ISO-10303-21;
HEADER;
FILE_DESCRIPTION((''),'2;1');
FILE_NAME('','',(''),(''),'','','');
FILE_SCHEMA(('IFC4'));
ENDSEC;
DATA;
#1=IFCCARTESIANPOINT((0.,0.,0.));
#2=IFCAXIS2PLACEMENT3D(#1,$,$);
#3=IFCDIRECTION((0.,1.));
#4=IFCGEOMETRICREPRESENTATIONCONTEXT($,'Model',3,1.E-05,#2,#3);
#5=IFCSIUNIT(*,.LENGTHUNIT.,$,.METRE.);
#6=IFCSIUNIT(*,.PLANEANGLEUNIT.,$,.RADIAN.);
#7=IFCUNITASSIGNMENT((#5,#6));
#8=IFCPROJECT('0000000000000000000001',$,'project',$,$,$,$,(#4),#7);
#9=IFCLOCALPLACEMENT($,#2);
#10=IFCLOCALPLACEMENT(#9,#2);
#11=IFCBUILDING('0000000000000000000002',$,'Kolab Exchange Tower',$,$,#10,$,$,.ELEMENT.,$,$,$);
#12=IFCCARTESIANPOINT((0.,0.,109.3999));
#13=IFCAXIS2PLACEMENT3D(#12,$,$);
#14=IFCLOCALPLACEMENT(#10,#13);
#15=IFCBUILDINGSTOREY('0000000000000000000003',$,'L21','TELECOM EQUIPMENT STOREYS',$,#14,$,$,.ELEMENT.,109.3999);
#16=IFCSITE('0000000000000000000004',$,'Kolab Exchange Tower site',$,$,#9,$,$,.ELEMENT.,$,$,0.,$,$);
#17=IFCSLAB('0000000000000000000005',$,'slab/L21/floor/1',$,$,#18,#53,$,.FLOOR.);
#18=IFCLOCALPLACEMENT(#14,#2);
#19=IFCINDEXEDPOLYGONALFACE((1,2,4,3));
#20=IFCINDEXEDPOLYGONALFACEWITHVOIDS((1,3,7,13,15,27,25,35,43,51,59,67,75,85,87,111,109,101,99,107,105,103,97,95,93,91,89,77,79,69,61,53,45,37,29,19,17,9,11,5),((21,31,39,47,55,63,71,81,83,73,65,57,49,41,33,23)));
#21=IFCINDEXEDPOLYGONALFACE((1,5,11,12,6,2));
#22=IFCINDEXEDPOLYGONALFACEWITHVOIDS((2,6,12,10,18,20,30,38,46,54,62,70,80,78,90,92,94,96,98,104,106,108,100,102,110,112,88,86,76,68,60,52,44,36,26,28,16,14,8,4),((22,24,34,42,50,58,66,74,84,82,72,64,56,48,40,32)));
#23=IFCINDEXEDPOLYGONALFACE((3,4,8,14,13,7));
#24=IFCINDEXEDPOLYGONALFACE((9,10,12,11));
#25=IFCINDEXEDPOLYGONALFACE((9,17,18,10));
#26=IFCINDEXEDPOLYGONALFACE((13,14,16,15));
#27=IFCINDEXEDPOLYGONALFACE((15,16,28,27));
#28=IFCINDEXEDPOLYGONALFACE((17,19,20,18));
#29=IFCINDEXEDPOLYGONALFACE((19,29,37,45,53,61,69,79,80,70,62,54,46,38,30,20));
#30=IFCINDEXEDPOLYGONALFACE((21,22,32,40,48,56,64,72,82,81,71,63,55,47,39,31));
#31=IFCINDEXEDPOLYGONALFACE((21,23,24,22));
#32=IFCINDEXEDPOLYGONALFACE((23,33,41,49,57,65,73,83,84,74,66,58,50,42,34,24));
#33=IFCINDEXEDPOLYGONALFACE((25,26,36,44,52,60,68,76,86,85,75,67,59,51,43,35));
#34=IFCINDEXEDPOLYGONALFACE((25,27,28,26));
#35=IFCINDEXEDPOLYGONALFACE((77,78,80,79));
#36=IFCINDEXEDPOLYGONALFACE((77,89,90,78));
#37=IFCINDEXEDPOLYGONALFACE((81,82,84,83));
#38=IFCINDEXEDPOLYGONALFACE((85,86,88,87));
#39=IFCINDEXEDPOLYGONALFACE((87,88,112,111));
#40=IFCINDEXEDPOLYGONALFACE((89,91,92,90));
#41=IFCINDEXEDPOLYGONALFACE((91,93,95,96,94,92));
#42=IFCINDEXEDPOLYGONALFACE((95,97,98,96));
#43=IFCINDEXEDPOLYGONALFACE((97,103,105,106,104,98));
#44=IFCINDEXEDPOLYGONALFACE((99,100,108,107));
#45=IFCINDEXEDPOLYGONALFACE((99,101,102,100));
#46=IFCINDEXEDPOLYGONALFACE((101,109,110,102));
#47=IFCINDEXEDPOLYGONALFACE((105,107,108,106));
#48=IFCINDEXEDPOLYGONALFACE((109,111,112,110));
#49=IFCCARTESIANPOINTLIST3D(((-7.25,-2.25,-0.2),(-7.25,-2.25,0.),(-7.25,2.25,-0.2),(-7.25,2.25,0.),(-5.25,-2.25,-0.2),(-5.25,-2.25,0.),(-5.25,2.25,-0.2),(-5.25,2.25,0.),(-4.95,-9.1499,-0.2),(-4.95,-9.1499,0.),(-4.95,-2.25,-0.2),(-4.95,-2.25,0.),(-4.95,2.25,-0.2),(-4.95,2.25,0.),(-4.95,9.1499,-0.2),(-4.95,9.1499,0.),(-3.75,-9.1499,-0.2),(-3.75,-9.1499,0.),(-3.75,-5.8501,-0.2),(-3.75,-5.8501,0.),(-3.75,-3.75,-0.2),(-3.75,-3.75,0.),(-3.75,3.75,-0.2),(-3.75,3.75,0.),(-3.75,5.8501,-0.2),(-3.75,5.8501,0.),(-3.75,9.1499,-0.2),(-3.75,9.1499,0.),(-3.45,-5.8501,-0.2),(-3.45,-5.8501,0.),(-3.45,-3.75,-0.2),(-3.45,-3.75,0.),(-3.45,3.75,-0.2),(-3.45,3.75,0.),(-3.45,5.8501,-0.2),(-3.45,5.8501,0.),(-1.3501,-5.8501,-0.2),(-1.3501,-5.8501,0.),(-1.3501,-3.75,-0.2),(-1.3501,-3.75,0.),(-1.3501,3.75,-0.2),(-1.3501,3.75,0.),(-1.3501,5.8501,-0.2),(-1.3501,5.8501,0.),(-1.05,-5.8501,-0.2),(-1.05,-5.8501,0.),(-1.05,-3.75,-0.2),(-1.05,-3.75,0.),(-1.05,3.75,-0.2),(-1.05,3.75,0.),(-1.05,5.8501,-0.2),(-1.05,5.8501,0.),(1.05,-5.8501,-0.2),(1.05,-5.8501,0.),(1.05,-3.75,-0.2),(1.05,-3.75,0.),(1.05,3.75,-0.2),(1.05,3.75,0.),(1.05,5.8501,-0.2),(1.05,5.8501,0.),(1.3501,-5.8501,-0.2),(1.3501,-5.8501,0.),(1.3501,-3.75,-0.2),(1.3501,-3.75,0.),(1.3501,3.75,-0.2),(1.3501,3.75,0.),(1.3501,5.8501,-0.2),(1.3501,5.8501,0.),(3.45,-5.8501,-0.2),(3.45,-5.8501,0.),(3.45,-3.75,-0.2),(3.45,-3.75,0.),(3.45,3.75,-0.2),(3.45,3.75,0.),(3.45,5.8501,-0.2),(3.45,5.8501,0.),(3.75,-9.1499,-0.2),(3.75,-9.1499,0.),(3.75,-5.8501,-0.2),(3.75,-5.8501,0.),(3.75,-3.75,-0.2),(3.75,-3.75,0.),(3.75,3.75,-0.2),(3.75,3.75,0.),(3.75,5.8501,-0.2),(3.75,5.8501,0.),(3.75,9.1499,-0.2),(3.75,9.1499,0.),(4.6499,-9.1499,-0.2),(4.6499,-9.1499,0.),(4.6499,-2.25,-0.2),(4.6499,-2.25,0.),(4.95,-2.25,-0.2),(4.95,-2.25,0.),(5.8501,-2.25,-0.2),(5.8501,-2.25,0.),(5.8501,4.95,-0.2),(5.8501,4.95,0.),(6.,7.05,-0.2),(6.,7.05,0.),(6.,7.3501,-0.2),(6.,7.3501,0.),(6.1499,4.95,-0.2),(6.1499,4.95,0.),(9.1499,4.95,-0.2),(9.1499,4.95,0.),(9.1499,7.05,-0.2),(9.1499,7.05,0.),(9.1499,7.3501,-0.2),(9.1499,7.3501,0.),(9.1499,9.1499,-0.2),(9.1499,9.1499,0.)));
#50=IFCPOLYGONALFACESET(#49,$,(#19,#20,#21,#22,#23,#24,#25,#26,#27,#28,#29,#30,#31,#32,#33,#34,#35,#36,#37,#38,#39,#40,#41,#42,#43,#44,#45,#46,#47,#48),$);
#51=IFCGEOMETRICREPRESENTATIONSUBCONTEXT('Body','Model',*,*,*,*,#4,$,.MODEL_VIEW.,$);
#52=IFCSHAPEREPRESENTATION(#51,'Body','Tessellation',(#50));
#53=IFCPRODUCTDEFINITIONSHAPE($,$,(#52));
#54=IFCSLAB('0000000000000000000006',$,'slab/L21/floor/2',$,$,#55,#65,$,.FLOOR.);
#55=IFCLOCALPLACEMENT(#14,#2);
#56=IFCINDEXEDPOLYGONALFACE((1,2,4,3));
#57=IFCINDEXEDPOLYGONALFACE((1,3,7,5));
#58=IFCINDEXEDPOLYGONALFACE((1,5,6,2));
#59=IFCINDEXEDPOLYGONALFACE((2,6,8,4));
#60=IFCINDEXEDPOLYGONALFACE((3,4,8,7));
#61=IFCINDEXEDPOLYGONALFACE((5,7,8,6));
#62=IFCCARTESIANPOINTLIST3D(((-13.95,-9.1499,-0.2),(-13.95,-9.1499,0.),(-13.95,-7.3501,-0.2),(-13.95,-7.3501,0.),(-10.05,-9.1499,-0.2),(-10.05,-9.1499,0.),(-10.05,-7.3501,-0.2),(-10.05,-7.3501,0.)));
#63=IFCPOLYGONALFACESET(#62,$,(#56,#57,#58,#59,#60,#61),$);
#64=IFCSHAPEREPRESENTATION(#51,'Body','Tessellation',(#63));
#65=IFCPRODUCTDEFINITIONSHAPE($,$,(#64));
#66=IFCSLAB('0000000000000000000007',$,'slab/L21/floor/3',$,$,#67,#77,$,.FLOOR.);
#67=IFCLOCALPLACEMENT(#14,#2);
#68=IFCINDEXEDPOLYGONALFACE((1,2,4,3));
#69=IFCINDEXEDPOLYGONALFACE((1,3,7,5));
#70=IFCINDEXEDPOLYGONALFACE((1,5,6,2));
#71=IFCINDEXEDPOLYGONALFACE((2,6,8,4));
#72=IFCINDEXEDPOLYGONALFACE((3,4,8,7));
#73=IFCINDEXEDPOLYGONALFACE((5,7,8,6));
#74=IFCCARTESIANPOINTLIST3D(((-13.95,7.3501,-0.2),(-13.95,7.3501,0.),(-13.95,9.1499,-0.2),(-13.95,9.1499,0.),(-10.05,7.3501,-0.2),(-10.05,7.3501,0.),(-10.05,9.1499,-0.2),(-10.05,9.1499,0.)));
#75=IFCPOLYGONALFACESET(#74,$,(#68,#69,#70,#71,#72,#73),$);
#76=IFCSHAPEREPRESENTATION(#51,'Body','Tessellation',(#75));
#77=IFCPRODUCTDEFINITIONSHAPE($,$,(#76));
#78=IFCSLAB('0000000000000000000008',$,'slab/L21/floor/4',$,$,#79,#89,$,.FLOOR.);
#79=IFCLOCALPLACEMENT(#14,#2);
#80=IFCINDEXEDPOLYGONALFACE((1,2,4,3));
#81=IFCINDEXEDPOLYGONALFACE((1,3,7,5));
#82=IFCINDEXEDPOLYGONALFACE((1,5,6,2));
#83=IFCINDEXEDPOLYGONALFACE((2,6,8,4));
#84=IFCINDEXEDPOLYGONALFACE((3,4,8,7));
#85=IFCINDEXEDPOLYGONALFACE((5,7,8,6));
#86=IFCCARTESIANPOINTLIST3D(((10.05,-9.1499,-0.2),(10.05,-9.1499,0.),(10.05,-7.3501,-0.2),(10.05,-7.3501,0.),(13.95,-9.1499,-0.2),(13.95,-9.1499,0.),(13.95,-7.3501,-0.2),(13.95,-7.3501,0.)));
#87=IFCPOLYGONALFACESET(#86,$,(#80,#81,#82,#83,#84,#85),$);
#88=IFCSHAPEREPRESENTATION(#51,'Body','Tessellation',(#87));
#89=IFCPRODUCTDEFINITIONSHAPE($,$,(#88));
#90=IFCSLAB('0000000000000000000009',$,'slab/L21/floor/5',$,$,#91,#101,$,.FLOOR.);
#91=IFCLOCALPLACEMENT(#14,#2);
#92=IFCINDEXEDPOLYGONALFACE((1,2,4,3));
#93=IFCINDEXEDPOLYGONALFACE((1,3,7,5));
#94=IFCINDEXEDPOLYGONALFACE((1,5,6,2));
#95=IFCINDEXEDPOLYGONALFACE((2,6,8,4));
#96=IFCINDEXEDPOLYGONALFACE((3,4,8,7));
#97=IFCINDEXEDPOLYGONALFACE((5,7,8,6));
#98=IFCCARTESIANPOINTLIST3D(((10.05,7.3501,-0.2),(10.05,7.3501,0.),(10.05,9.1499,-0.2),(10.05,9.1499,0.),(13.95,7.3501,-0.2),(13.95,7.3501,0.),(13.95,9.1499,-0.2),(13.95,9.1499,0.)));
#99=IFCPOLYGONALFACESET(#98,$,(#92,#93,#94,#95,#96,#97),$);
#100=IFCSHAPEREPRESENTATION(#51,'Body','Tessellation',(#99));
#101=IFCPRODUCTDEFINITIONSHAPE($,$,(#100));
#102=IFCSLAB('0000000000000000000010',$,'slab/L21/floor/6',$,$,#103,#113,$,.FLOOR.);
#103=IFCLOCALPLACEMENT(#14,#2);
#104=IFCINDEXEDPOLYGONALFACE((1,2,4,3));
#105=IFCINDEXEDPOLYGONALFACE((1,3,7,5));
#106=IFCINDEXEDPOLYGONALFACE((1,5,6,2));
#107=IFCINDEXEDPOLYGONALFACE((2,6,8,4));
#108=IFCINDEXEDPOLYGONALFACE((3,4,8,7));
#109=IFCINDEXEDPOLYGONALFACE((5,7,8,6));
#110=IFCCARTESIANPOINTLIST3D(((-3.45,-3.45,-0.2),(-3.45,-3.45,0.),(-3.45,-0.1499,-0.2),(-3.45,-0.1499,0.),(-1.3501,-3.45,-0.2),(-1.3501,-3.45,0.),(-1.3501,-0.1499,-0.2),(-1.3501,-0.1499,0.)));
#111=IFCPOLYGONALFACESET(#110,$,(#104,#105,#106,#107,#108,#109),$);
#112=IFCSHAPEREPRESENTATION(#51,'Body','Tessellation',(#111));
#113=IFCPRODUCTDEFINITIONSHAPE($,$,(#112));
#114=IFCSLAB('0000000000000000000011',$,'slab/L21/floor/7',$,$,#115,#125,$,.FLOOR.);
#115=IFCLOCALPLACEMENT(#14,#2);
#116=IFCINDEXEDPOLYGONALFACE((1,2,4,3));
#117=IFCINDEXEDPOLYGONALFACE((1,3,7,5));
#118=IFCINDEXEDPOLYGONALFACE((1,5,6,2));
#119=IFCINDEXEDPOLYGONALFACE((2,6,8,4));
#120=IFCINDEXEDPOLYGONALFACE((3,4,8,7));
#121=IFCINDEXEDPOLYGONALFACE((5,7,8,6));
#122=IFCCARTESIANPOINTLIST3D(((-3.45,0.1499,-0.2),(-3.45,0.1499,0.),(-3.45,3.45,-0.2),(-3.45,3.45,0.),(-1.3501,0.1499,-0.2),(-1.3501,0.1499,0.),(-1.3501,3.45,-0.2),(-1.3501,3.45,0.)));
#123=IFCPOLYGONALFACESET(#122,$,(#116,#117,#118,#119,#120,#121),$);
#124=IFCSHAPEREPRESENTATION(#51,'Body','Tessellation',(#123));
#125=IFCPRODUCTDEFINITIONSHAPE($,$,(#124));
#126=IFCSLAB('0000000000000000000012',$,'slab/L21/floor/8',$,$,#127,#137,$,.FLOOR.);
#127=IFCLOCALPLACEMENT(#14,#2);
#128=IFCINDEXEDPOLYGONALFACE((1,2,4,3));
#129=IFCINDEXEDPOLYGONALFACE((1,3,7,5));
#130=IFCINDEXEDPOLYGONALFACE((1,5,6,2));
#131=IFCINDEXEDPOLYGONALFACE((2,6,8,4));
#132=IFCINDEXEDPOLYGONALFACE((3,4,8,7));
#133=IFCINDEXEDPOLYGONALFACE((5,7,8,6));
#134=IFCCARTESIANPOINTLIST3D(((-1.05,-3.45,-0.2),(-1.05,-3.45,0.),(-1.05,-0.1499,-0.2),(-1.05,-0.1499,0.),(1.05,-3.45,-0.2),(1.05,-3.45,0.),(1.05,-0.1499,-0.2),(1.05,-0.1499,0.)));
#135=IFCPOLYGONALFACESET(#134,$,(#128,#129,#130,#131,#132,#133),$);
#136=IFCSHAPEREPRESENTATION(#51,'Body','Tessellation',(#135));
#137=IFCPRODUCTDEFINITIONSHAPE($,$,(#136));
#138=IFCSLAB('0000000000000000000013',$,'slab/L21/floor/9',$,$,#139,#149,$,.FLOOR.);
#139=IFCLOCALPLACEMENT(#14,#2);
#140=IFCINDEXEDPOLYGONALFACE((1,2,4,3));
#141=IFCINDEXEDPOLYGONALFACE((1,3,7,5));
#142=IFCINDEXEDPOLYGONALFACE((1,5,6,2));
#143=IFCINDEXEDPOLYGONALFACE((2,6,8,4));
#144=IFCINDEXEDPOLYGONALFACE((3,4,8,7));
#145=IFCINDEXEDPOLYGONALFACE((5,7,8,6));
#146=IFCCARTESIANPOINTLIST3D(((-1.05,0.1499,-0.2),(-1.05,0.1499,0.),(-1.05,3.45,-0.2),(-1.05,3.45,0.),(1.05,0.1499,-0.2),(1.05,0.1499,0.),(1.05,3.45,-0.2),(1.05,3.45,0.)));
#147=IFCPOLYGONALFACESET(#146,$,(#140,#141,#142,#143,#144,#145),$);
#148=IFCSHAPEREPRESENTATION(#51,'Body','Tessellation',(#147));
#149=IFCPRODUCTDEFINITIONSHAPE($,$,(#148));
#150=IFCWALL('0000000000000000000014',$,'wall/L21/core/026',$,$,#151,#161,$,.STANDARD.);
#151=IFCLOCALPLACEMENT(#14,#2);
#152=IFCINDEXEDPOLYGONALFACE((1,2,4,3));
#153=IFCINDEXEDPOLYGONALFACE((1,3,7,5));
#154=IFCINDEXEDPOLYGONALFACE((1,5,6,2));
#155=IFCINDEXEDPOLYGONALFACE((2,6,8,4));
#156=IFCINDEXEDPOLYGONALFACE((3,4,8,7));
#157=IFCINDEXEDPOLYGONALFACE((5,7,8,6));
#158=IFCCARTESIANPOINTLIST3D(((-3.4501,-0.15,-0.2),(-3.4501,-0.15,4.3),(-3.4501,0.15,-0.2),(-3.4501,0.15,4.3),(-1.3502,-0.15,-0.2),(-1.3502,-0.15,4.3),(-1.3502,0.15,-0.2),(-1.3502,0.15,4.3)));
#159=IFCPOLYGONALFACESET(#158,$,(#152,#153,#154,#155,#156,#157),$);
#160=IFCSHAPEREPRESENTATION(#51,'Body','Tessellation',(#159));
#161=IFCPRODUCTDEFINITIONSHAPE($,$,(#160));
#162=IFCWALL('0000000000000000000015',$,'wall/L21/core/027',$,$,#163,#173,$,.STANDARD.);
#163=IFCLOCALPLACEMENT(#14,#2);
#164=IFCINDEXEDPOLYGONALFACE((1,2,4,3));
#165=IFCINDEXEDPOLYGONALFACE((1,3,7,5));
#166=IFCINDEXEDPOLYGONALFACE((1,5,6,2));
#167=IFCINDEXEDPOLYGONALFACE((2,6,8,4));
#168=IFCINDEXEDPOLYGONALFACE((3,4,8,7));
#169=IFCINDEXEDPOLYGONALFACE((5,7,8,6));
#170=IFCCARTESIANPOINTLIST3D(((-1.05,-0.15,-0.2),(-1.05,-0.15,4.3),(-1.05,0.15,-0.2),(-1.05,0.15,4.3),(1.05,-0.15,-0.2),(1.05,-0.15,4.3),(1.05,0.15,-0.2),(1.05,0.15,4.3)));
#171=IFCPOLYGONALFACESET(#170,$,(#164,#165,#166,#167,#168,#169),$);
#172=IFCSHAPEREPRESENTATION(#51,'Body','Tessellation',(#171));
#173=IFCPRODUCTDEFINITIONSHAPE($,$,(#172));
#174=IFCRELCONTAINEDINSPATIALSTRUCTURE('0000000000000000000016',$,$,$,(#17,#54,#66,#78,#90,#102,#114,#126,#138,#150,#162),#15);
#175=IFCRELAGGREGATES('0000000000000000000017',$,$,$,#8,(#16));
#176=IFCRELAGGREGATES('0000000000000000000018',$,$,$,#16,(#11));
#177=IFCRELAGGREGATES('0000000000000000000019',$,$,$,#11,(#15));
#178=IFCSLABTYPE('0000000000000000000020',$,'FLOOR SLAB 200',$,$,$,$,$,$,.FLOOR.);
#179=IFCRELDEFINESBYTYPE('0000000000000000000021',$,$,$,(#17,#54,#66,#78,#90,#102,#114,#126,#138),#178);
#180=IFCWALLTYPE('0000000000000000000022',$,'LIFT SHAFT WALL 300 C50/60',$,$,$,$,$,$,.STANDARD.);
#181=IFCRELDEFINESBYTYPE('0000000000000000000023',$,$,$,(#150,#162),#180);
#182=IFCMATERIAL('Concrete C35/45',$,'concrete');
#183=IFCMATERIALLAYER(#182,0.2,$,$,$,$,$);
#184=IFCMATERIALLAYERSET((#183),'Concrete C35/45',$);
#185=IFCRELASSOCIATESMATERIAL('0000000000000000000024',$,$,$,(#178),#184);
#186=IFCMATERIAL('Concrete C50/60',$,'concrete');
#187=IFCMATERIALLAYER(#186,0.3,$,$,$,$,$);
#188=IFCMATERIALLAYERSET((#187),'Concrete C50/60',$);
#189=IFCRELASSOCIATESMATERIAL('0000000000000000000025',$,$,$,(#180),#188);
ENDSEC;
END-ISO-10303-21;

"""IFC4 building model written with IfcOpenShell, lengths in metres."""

from ifc_helpers import new_model, si_unit, direction, frame, frame_2d, origin, place, context, subcontext, project, spatial, polyline, rectangle, outline, extrude, material, layer, layer_set, type_object, element, save


model = new_model("IFC4")

# Units and contexts
model_context = context("Model", 3, precision=1e-05, world=origin(), true_north=direction((0.0, 1.0)))
body_context = subcontext(model_context, "Body", "Model", "MODEL_VIEW")
ifc_project = project(units=[si_unit("LENGTHUNIT", "METRE"), si_unit("PLANEANGLEUNIT", "RADIAN")], contexts=[model_context])

# Site, building, storey
site_placement = place(None, origin())
site = spatial("IfcSite", under=ifc_project, at=site_placement, Name="Kolab Exchange Tower site", CompositionType="ELEMENT", RefElevation=0.0)
building_placement = place(site_placement, origin())
building = spatial("IfcBuilding", under=site, at=building_placement, Name="Kolab Exchange Tower", CompositionType="ELEMENT")
storey_placement = place(building_placement, frame((0.0, 0.0, 109.3999)))
storey = spatial("IfcBuildingStorey", under=building, at=storey_placement, Name="L21", Description="TELECOM EQUIPMENT STOREYS", CompositionType="ELEMENT", Elevation=109.3999)

# Slabs
ifc_material_1 = material(Name="Concrete C35/45", Category="concrete")
ifc_layer_1 = layer(ifc_material_1, 0.2)
ifc_layer_set_1 = layer_set([ifc_layer_1], Name="Concrete C35/45")
slab_type = type_object("IfcSlabType", Name="FLOOR SLAB 200", PredefinedType="FLOOR", material=ifc_layer_set_1)
slab_1_placement = place(storey_placement, frame((0.0, 0.0, -0.2)))
element("IfcSlab", 1, at=slab_1_placement, inside=storey, type_object=slab_type, Name="slab/L21/floor/1", PredefinedType="FLOOR", context=body_context, shape_type="SweptSolid", body=[
    extrude(outline(polyline([(-4.95, 9.1499), (-4.95, 2.25), (-5.25, 2.25), (-7.25, 2.25), (-7.25, -2.25), (-5.25, -2.25), (-4.95, -2.25), (-4.95, -9.1499), (-3.75, -9.1499), (-3.75, -5.8501), (-3.45, -5.8501), (-1.3501, -5.8501), (-1.05, -5.8501), (1.05, -5.8501), (1.3501, -5.8501), (3.45, -5.8501), (3.75, -5.8501), (3.75, -9.1499), (4.6499, -9.1499), (4.6499, -2.25), (4.95, -2.25), (5.8501, -2.25), (5.8501, 4.95), (6.1499, 4.95), (9.1499, 4.95), (9.1499, 7.05), (6.0, 7.05), (6.0, 7.3501), (9.1499, 7.3501), (9.1499, 9.1499), (3.75, 9.1499), (3.75, 5.8501), (3.45, 5.8501), (1.3501, 5.8501), (1.05, 5.8501), (-1.05, 5.8501), (-1.3501, 5.8501), (-3.45, 5.8501), (-3.75, 5.8501), (-3.75, 9.1499), (-4.95, 9.1499)]), holes=[polyline([(-3.75, -3.75), (-3.75, 3.75), (-3.45, 3.75), (-1.3501, 3.75), (-1.05, 3.75), (1.05, 3.75), (1.3501, 3.75), (3.45, 3.75), (3.75, 3.75), (3.75, -3.75), (3.45, -3.75), (1.3501, -3.75), (1.05, -3.75), (-1.05, -3.75), (-1.3501, -3.75), (-3.45, -3.75), (-3.75, -3.75)])]), origin(), (0.0, 0.0, 1.0), 0.2),
])
slab_2_placement = place(storey_placement, frame((0.0, 0.0, -0.2)))
element("IfcSlab", 2, at=slab_2_placement, inside=storey, type_object=slab_type, Name="slab/L21/floor/2", PredefinedType="FLOOR", context=body_context, shape_type="SweptSolid", body=[
    extrude(outline(polyline([(-10.05, -9.1499), (-10.05, -7.3501), (-13.95, -7.3501), (-13.95, -9.1499), (-10.05, -9.1499)])), origin(), (0.0, 0.0, 1.0), 0.2),
])
slab_3_placement = place(storey_placement, frame((0.0, 0.0, -0.2)))
element("IfcSlab", 3, at=slab_3_placement, inside=storey, type_object=slab_type, Name="slab/L21/floor/3", PredefinedType="FLOOR", context=body_context, shape_type="SweptSolid", body=[
    extrude(outline(polyline([(-10.05, 9.1499), (-13.95, 9.1499), (-13.95, 7.3501), (-10.05, 7.3501), (-10.05, 9.1499)])), origin(), (0.0, 0.0, 1.0), 0.2),
])
slab_4_placement = place(storey_placement, frame((0.0, 0.0, -0.2)))
element("IfcSlab", 4, at=slab_4_placement, inside=storey, type_object=slab_type, Name="slab/L21/floor/4", PredefinedType="FLOOR", context=body_context, shape_type="SweptSolid", body=[
    extrude(outline(polyline([(10.05, -9.1499), (13.95, -9.1499), (13.95, -7.3501), (10.05, -7.3501), (10.05, -9.1499)])), origin(), (0.0, 0.0, 1.0), 0.2),
])
slab_5_placement = place(storey_placement, frame((0.0, 0.0, -0.2)))
element("IfcSlab", 5, at=slab_5_placement, inside=storey, type_object=slab_type, Name="slab/L21/floor/5", PredefinedType="FLOOR", context=body_context, shape_type="SweptSolid", body=[
    extrude(outline(polyline([(13.95, 9.1499), (10.05, 9.1499), (10.05, 7.3501), (13.95, 7.3501), (13.95, 9.1499)])), origin(), (0.0, 0.0, 1.0), 0.2),
])
slab_6_placement = place(storey_placement, frame((0.0, 0.0, -0.2)))
element("IfcSlab", 6, at=slab_6_placement, inside=storey, type_object=slab_type, Name="slab/L21/floor/6", PredefinedType="FLOOR", context=body_context, shape_type="SweptSolid", body=[
    extrude(outline(polyline([(-1.3501, -3.45), (-1.3501, -0.1499), (-3.45, -0.1499), (-3.45, -3.45), (-1.3501, -3.45)])), origin(), (0.0, 0.0, 1.0), 0.2),
])
slab_7_placement = place(storey_placement, frame((0.0, 0.0, -0.2)))
element("IfcSlab", 7, at=slab_7_placement, inside=storey, type_object=slab_type, Name="slab/L21/floor/7", PredefinedType="FLOOR", context=body_context, shape_type="SweptSolid", body=[
    extrude(outline(polyline([(-1.3501, 0.1499), (-1.3501, 3.45), (-3.45, 3.45), (-3.45, 0.1499), (-1.3501, 0.1499)])), origin(), (0.0, 0.0, 1.0), 0.2),
])
slab_8_placement = place(storey_placement, frame((0.0, 0.0, -0.2)))
element("IfcSlab", 8, at=slab_8_placement, inside=storey, type_object=slab_type, Name="slab/L21/floor/8", PredefinedType="FLOOR", context=body_context, shape_type="SweptSolid", body=[
    extrude(outline(polyline([(-1.05, -0.1499), (-1.05, -3.45), (1.05, -3.45), (1.05, -0.1499), (-1.05, -0.1499)])), origin(), (0.0, 0.0, 1.0), 0.2),
])
slab_9_placement = place(storey_placement, frame((0.0, 0.0, -0.2)))
element("IfcSlab", 9, at=slab_9_placement, inside=storey, type_object=slab_type, Name="slab/L21/floor/9", PredefinedType="FLOOR", context=body_context, shape_type="SweptSolid", body=[
    extrude(outline(polyline([(-1.05, 3.45), (-1.05, 0.1499), (1.05, 0.1499), (1.05, 3.45), (-1.05, 3.45)])), origin(), (0.0, 0.0, 1.0), 0.2),
])

# Walls
ifc_material_2 = material(Name="Concrete C50/60", Category="concrete")
ifc_layer_2 = layer(ifc_material_2, 0.3)
ifc_layer_set_2 = layer_set([ifc_layer_2], Name="Concrete C50/60")
wall_type_1 = type_object("IfcWallType", Name="LIFT SHAFT WALL 300 C50/60", PredefinedType="STANDARD", material=ifc_layer_set_2)
wall_1_placement = place(storey_placement, frame((-3.45, 0.0, -0.2), z_axis=(0.0, 0.0, 1.0), x_axis=(1.0, 0.0, 0.0)))
element("IfcWall", 10, at=wall_1_placement, inside=storey, type_object=wall_type_1, Name="wall/L21/core/026", PredefinedType="STANDARD", context=body_context, shape_type="SweptSolid", body=[
    extrude(rectangle(XDim=2.0999, YDim=0.3, at=frame_2d((1.0498, 0.0))), origin(), (0.0, 0.0, 1.0), 4.5),
])
wall_2_placement = place(storey_placement, frame((-1.05, 0.0, -0.2), z_axis=(0.0, 0.0, 1.0), x_axis=(1.0, 0.0, 0.0)))
element("IfcWall", 11, at=wall_2_placement, inside=storey, type_object=wall_type_1, Name="wall/L21/core/027", PredefinedType="STANDARD", context=body_context, shape_type="SweptSolid", body=[
    extrude(rectangle(XDim=2.1001, YDim=0.3, at=frame_2d((1.05, 0.0))), origin(), (0.0, 0.0, 1.0), 4.5),
])

save(model, "model.ifc")
